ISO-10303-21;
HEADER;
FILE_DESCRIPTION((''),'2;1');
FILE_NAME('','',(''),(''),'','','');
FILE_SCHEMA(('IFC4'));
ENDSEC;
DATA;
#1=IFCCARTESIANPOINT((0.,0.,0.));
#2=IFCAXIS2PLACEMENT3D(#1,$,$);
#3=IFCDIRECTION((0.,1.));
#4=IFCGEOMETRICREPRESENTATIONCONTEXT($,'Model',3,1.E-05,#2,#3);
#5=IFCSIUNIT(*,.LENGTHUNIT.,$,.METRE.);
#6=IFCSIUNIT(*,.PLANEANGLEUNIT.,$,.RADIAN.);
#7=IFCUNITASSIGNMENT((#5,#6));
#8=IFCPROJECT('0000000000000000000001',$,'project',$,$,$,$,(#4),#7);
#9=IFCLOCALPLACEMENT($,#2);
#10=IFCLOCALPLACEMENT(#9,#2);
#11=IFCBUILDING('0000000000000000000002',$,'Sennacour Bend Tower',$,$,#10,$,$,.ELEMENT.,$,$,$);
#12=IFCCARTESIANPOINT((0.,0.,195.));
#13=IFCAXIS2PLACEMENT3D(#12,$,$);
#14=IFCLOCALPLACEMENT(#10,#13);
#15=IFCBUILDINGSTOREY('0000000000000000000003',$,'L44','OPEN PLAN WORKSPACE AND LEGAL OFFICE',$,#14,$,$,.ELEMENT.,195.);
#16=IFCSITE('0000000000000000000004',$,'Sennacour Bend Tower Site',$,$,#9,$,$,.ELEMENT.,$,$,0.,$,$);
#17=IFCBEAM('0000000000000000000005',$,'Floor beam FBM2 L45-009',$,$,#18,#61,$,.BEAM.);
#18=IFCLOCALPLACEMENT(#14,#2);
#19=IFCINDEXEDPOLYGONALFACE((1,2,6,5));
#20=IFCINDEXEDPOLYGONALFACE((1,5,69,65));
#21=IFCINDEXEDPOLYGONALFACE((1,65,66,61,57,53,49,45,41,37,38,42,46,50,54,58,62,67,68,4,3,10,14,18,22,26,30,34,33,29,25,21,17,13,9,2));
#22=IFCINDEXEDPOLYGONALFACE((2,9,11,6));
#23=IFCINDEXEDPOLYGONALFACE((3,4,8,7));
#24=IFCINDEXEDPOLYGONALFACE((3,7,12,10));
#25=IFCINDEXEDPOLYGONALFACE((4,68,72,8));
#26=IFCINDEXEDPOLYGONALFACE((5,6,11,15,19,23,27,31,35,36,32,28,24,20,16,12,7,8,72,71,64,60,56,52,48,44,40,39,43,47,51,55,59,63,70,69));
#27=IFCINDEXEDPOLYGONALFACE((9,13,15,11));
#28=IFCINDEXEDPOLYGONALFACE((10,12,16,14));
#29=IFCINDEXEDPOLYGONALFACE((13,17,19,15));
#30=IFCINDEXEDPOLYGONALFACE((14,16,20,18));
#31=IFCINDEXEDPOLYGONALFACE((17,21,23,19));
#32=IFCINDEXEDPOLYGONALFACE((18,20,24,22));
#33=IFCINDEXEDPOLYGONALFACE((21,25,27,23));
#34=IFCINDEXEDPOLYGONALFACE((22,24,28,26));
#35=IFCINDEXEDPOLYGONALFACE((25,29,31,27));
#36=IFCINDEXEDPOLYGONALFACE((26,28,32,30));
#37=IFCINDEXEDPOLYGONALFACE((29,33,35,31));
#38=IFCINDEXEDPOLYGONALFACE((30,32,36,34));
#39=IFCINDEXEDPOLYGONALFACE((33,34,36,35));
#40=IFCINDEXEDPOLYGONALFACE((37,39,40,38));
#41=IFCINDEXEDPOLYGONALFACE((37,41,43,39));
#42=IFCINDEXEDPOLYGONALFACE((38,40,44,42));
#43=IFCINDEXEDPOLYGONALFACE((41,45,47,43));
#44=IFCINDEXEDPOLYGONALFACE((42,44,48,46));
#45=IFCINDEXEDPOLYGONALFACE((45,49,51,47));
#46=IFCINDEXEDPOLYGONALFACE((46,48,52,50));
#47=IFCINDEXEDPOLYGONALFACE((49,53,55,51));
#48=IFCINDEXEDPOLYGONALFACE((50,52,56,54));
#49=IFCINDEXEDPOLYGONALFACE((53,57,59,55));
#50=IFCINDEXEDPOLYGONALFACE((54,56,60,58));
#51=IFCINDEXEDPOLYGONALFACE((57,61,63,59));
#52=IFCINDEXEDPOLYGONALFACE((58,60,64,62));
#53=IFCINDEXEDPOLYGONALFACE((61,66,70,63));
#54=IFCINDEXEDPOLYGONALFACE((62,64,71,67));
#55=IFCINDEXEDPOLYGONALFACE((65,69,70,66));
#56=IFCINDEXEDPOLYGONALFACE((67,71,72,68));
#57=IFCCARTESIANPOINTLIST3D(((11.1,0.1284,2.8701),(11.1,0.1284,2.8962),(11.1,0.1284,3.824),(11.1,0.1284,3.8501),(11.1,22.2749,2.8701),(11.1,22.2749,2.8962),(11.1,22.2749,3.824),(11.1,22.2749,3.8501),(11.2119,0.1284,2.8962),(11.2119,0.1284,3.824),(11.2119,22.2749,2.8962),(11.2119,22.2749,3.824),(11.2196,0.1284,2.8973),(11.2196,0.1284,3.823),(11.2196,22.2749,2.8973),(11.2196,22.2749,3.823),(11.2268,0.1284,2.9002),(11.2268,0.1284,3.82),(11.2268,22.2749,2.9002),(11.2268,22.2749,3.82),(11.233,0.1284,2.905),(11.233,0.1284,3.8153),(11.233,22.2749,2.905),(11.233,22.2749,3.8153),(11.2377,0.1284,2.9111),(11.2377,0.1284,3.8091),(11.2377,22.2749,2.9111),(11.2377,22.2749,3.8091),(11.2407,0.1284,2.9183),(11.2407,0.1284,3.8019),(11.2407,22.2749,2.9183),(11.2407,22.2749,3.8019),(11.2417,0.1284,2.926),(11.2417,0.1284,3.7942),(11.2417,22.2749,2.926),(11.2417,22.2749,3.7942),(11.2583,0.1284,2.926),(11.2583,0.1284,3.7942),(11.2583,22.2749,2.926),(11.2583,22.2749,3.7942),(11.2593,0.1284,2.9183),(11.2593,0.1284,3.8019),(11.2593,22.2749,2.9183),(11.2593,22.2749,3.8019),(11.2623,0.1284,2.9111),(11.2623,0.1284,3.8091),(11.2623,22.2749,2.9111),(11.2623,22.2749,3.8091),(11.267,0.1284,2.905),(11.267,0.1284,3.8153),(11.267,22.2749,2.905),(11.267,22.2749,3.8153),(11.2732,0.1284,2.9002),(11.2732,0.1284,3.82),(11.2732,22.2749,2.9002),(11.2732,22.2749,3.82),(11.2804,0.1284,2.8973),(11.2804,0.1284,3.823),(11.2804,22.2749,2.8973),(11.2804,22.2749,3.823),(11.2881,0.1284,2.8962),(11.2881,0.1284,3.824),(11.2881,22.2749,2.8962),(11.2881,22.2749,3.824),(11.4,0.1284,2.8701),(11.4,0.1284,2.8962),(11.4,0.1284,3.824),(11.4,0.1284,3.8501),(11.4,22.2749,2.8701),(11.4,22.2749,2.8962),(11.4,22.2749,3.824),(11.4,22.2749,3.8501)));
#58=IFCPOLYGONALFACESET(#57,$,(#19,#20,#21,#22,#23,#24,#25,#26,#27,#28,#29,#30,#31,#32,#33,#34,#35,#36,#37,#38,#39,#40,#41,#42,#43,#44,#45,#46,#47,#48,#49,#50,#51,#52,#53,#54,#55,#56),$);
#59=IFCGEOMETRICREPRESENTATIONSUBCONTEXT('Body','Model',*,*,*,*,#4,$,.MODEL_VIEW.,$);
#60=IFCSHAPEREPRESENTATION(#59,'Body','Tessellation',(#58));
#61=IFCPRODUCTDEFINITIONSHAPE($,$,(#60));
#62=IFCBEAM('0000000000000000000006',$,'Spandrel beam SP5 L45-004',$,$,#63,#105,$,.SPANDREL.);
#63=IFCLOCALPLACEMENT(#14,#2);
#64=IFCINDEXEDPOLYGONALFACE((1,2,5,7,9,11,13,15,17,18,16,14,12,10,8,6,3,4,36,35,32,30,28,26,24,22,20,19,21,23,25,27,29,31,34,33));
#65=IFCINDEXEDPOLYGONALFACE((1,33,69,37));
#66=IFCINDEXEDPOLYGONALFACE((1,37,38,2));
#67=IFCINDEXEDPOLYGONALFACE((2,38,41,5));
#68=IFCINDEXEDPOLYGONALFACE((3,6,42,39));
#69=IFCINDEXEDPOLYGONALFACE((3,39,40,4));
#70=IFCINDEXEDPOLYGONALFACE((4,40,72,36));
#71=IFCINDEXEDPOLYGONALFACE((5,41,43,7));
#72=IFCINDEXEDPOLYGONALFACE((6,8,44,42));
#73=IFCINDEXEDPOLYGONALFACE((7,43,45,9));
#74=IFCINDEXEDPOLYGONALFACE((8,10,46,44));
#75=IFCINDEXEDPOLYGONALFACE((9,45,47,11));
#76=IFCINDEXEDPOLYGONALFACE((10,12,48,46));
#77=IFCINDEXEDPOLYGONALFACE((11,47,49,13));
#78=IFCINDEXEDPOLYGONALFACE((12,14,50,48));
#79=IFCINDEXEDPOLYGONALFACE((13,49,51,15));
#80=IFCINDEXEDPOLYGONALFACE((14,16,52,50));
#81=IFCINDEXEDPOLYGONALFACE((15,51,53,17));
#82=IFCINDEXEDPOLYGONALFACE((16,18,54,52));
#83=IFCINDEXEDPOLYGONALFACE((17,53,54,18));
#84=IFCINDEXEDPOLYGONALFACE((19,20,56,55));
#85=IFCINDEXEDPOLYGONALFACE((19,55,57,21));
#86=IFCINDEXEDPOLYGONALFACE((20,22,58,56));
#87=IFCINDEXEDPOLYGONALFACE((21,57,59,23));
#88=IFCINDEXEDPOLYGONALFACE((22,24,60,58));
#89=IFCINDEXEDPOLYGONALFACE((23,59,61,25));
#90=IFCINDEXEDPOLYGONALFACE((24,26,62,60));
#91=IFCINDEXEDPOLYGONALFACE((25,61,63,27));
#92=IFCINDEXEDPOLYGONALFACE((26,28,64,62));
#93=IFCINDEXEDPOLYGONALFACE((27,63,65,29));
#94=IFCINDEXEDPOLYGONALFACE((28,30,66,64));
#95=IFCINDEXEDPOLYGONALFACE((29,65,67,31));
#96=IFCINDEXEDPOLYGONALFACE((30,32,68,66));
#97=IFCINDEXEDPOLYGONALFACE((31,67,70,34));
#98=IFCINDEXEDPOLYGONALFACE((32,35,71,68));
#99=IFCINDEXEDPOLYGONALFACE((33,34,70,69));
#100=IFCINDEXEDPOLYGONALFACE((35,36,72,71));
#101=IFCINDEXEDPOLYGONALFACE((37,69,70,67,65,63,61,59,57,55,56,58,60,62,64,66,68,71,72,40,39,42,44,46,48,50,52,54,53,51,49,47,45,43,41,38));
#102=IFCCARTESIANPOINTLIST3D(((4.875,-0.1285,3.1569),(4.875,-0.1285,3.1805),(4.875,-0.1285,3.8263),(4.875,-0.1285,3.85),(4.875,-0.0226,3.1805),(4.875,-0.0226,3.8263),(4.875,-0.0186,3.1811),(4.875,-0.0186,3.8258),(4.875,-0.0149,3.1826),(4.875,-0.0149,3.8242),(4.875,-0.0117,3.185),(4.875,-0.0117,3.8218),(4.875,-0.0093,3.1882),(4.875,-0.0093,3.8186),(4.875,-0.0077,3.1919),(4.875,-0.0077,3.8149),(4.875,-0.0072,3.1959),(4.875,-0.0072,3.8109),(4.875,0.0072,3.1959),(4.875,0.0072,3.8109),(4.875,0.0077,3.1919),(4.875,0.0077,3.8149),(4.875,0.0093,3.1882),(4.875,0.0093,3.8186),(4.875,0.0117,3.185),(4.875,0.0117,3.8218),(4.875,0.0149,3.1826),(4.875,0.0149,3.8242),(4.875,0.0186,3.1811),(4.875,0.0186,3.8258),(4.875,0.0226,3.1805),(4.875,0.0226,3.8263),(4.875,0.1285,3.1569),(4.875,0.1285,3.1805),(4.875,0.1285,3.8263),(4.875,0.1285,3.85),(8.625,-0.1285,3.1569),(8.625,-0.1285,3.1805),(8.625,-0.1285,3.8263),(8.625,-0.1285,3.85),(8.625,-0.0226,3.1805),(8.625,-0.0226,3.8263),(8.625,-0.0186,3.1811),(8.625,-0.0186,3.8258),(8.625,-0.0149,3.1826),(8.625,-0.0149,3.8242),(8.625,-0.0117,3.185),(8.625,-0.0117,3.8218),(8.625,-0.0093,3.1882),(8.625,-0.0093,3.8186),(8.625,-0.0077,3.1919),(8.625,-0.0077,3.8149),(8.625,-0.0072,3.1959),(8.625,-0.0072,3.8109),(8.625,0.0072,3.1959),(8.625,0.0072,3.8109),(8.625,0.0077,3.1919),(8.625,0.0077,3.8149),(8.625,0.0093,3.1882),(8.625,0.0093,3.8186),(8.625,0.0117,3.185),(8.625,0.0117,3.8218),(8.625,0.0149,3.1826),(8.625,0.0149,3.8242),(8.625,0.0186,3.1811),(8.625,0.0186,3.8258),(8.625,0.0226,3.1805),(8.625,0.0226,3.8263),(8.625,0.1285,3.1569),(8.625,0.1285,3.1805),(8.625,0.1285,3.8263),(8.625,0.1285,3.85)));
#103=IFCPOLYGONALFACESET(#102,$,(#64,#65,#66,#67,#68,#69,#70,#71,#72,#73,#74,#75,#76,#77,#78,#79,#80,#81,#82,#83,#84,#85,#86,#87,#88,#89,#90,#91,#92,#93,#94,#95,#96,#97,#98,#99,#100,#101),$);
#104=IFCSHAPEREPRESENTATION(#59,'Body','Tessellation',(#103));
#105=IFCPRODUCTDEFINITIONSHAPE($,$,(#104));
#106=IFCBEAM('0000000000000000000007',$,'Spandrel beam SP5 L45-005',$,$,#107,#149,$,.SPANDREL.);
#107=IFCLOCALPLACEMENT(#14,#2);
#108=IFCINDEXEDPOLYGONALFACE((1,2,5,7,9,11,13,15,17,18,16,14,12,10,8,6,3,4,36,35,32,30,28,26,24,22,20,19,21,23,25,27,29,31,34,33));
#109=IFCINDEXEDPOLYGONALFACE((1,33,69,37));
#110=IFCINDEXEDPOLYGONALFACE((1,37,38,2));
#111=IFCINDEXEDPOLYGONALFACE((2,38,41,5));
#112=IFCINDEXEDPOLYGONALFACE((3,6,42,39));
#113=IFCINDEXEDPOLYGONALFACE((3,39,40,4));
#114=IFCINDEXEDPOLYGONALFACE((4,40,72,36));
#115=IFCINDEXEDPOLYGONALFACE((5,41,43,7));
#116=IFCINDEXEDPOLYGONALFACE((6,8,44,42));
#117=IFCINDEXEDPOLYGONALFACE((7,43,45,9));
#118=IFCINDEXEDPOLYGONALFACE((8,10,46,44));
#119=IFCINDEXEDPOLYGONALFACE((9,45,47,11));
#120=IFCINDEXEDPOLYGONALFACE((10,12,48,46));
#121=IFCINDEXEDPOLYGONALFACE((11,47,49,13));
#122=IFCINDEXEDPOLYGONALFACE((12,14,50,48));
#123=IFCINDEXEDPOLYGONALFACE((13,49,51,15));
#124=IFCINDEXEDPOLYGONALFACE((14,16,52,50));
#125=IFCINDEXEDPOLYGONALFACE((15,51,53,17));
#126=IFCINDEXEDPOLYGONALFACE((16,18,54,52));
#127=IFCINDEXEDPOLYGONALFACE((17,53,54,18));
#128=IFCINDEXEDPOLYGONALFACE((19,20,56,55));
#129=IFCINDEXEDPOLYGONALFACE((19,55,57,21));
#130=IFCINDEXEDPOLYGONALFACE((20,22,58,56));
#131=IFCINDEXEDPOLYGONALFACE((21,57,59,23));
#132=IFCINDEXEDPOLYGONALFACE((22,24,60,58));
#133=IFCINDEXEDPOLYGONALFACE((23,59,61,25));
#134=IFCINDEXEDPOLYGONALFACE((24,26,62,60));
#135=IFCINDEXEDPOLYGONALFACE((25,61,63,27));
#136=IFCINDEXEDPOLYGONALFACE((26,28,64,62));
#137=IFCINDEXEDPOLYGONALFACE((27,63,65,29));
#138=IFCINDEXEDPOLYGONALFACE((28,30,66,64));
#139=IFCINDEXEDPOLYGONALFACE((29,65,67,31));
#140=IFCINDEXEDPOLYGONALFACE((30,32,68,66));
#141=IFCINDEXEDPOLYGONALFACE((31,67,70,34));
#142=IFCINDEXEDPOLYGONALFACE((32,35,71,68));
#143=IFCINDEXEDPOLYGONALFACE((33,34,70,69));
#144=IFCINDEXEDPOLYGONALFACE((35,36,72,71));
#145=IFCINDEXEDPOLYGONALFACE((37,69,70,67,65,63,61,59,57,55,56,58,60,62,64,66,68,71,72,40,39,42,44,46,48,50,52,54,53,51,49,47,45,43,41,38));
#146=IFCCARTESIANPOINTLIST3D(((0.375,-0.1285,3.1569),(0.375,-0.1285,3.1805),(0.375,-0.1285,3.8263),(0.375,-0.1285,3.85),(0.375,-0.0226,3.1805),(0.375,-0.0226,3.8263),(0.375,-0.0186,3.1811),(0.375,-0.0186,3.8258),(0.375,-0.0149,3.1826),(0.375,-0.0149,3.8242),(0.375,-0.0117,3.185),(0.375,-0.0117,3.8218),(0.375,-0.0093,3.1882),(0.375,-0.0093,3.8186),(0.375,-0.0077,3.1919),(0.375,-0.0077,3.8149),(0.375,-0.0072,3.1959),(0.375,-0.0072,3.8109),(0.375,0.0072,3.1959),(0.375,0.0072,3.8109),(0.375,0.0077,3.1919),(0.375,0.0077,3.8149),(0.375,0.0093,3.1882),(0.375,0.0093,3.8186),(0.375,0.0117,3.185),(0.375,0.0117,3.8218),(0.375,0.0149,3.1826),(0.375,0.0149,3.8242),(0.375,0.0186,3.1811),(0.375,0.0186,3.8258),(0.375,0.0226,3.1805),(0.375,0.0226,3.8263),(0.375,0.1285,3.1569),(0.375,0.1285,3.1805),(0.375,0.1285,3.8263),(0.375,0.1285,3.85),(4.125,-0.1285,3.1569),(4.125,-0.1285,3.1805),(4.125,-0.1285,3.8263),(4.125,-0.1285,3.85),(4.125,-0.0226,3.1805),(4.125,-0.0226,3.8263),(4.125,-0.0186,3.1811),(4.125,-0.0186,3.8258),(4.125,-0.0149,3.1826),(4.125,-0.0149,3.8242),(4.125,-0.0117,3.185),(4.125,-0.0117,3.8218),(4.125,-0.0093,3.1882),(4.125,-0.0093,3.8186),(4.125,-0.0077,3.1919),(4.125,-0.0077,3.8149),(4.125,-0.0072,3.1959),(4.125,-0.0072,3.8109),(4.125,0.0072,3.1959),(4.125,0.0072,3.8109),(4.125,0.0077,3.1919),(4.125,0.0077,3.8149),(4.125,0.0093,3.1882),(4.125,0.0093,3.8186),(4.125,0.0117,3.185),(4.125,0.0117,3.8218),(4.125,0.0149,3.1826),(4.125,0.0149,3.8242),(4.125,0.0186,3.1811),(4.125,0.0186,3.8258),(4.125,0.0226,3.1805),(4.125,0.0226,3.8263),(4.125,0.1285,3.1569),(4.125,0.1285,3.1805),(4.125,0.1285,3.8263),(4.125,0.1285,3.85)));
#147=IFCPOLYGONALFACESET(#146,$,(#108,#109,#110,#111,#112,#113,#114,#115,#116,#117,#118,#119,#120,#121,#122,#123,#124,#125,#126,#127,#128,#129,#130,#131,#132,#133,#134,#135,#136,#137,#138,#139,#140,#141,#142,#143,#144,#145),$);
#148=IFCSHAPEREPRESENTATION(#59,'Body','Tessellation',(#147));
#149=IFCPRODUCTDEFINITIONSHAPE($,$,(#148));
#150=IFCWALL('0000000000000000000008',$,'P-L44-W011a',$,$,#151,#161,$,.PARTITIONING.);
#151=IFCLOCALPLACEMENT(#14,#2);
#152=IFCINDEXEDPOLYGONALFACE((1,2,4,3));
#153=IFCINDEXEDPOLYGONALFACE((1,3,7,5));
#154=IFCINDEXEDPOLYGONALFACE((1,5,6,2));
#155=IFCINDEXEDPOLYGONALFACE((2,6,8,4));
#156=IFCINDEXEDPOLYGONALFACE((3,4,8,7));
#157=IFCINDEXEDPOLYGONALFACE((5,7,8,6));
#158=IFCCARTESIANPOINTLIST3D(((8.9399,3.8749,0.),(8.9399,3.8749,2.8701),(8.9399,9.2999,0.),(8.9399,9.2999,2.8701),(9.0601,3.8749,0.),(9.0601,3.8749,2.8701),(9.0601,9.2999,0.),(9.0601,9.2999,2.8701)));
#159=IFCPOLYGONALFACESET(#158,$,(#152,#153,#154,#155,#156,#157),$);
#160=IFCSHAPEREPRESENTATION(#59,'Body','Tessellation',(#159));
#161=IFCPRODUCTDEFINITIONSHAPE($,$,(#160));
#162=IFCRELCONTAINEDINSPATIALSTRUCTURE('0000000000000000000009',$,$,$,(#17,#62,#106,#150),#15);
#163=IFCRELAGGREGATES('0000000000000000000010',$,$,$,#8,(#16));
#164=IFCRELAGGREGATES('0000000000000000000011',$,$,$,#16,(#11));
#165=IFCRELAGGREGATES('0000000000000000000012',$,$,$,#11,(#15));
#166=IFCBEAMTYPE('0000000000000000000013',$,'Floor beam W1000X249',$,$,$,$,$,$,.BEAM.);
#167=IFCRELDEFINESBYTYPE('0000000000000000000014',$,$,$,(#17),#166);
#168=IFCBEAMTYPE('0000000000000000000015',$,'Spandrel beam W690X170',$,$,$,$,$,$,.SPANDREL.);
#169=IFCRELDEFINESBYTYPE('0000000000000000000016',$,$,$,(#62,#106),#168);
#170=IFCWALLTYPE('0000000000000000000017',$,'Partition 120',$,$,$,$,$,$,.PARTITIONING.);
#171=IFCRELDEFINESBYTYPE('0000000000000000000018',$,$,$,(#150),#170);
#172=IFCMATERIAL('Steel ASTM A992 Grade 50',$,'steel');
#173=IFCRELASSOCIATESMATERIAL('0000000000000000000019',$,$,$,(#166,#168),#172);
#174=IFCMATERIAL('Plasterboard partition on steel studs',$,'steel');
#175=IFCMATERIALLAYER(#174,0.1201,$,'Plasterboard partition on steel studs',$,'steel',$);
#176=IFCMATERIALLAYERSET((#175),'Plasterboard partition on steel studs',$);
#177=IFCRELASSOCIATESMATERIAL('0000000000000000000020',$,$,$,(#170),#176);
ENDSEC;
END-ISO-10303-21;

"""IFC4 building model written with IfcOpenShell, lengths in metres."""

from ifc_helpers import new_model, si_unit, direction, frame, frame_2d, origin, origin_2d, place, context, subcontext, project, spatial, rectangle, i_section, extrude, material, layer, layer_set, material_profile, profile_set, type_object, element, save


model = new_model("IFC4")

# Units and contexts
model_context = context("Model", 3, precision=1e-05, world=origin(), true_north=direction((0.0, 1.0)))
body_context = subcontext(model_context, "Body", "Model", "MODEL_VIEW")
ifc_project = project(units=[si_unit("LENGTHUNIT", "METRE"), si_unit("PLANEANGLEUNIT", "RADIAN")], contexts=[model_context])

# Site, building, storey
site_placement = place(None, origin())
site = spatial("IfcSite", under=ifc_project, at=site_placement, Name="Sennacour Bend Tower Site", CompositionType="ELEMENT", RefElevation=0.0)
building_placement = place(site_placement, origin())
building = spatial("IfcBuilding", under=site, at=building_placement, Name="Sennacour Bend Tower", CompositionType="ELEMENT")
storey_placement = place(building_placement, frame((0.0, 0.0, 195.0)))
storey = spatial("IfcBuildingStorey", under=building, at=storey_placement, Name="L44", Description="OPEN PLAN WORKSPACE AND LEGAL OFFICE", CompositionType="ELEMENT", Elevation=195.0)

# Beams
ifc_material_1 = material(Name="Steel ASTM A992 Grade 50", Category="steel")
ifc_material_profile_1 = material_profile(ifc_material_1, i_section(OverallWidth=0.3, OverallDepth=0.98, WebThickness=0.0166, FlangeThickness=0.0261, FilletRadius=0.0298, at=origin_2d()), Name="Steel ASTM A992 Grade 50", Category="steel")
ifc_profile_set_1 = profile_set([ifc_material_profile_1], Name="Steel ASTM A992 Grade 50")
beam_type_1 = type_object("IfcBeamType", Name="Floor beam W1000X249", PredefinedType="BEAM", material=ifc_profile_set_1)
beam_placement = place(storey_placement, frame((11.25, 0.1284, 3.3601), z_axis=(0.0, 1.0, 0.0), x_axis=(-1.0, 0.0, 0.0)))
element("IfcBeam", 1, at=beam_placement, inside=storey, type_object=beam_type_1, Name="Floor beam FBM2 L45-009", PredefinedType="BEAM", context=body_context, shape_type="SweptSolid", body=[
    extrude(i_section(OverallWidth=0.3, OverallDepth=0.98, WebThickness=0.0166, FlangeThickness=0.0261, FilletRadius=0.0298, at=origin_2d()), origin(), (0.0, 0.0, 1.0), 22.1465),
])
ifc_material_profile_2 = material_profile(ifc_material_1, i_section(OverallWidth=0.2571, OverallDepth=0.6931, WebThickness=0.0144, FlangeThickness=0.0237, FilletRadius=0.0154, at=origin_2d()), Name="Steel ASTM A992 Grade 50", Category="steel")
ifc_profile_set_2 = profile_set([ifc_material_profile_2], Name="Steel ASTM A992 Grade 50")
beam_type_2 = type_object("IfcBeamType", Name="Spandrel beam W690X170", PredefinedType="SPANDREL", material=ifc_profile_set_2)
for number, where, z_axis, x_axis, name in (
    (2, (8.625, 0.0, 3.5034), (-1.0, 0.0, 0.0), (0.0, -1.0, 0.0), "Spandrel beam SP5 L45-004"),
    (3, (4.125, 0.0, 3.5034), (-1.0, 0.0, 0.0), (0.0, -1.0, 0.0), "Spandrel beam SP5 L45-005"),
):
    element("IfcBeam", number, at=place(storey_placement, frame(where, z_axis=z_axis, x_axis=x_axis)), inside=storey, type_object=beam_type_2, Name=name, PredefinedType="SPANDREL", context=body_context, shape_type="SweptSolid", body=[
        extrude(i_section(OverallWidth=0.2571, OverallDepth=0.6931, WebThickness=0.0144, FlangeThickness=0.0237, FilletRadius=0.0154, at=origin_2d()), origin(), (0.0, 0.0, 1.0), 3.75),
    ])

# Wall
ifc_material_2 = material(Name="Plasterboard partition on steel studs", Category="steel")
ifc_layer_1 = layer(ifc_material_2, 0.1201, Name="Plasterboard partition on steel studs", Category="steel")
ifc_layer_set_1 = layer_set([ifc_layer_1], Name="Plasterboard partition on steel studs")
wall_type_1 = type_object("IfcWallType", Name="Partition 120", PredefinedType="PARTITIONING", material=ifc_layer_set_1)
wall_1_placement = place(storey_placement, frame((9.0, 3.875, 0.0), z_axis=(0.0, 0.0, 1.0), x_axis=(0.0, 1.0, 0.0)))
element("IfcWall", 4, at=wall_1_placement, inside=storey, type_object=wall_type_1, Name="P-L44-W011a", PredefinedType="PARTITIONING", context=body_context, shape_type="SweptSolid", body=[
    extrude(rectangle(XDim=5.425, YDim=0.1201, at=frame_2d((2.7124, 0.0))), origin(), (0.0, 0.0, 1.0), 2.8701),
])

save(model, "model.ifc")
